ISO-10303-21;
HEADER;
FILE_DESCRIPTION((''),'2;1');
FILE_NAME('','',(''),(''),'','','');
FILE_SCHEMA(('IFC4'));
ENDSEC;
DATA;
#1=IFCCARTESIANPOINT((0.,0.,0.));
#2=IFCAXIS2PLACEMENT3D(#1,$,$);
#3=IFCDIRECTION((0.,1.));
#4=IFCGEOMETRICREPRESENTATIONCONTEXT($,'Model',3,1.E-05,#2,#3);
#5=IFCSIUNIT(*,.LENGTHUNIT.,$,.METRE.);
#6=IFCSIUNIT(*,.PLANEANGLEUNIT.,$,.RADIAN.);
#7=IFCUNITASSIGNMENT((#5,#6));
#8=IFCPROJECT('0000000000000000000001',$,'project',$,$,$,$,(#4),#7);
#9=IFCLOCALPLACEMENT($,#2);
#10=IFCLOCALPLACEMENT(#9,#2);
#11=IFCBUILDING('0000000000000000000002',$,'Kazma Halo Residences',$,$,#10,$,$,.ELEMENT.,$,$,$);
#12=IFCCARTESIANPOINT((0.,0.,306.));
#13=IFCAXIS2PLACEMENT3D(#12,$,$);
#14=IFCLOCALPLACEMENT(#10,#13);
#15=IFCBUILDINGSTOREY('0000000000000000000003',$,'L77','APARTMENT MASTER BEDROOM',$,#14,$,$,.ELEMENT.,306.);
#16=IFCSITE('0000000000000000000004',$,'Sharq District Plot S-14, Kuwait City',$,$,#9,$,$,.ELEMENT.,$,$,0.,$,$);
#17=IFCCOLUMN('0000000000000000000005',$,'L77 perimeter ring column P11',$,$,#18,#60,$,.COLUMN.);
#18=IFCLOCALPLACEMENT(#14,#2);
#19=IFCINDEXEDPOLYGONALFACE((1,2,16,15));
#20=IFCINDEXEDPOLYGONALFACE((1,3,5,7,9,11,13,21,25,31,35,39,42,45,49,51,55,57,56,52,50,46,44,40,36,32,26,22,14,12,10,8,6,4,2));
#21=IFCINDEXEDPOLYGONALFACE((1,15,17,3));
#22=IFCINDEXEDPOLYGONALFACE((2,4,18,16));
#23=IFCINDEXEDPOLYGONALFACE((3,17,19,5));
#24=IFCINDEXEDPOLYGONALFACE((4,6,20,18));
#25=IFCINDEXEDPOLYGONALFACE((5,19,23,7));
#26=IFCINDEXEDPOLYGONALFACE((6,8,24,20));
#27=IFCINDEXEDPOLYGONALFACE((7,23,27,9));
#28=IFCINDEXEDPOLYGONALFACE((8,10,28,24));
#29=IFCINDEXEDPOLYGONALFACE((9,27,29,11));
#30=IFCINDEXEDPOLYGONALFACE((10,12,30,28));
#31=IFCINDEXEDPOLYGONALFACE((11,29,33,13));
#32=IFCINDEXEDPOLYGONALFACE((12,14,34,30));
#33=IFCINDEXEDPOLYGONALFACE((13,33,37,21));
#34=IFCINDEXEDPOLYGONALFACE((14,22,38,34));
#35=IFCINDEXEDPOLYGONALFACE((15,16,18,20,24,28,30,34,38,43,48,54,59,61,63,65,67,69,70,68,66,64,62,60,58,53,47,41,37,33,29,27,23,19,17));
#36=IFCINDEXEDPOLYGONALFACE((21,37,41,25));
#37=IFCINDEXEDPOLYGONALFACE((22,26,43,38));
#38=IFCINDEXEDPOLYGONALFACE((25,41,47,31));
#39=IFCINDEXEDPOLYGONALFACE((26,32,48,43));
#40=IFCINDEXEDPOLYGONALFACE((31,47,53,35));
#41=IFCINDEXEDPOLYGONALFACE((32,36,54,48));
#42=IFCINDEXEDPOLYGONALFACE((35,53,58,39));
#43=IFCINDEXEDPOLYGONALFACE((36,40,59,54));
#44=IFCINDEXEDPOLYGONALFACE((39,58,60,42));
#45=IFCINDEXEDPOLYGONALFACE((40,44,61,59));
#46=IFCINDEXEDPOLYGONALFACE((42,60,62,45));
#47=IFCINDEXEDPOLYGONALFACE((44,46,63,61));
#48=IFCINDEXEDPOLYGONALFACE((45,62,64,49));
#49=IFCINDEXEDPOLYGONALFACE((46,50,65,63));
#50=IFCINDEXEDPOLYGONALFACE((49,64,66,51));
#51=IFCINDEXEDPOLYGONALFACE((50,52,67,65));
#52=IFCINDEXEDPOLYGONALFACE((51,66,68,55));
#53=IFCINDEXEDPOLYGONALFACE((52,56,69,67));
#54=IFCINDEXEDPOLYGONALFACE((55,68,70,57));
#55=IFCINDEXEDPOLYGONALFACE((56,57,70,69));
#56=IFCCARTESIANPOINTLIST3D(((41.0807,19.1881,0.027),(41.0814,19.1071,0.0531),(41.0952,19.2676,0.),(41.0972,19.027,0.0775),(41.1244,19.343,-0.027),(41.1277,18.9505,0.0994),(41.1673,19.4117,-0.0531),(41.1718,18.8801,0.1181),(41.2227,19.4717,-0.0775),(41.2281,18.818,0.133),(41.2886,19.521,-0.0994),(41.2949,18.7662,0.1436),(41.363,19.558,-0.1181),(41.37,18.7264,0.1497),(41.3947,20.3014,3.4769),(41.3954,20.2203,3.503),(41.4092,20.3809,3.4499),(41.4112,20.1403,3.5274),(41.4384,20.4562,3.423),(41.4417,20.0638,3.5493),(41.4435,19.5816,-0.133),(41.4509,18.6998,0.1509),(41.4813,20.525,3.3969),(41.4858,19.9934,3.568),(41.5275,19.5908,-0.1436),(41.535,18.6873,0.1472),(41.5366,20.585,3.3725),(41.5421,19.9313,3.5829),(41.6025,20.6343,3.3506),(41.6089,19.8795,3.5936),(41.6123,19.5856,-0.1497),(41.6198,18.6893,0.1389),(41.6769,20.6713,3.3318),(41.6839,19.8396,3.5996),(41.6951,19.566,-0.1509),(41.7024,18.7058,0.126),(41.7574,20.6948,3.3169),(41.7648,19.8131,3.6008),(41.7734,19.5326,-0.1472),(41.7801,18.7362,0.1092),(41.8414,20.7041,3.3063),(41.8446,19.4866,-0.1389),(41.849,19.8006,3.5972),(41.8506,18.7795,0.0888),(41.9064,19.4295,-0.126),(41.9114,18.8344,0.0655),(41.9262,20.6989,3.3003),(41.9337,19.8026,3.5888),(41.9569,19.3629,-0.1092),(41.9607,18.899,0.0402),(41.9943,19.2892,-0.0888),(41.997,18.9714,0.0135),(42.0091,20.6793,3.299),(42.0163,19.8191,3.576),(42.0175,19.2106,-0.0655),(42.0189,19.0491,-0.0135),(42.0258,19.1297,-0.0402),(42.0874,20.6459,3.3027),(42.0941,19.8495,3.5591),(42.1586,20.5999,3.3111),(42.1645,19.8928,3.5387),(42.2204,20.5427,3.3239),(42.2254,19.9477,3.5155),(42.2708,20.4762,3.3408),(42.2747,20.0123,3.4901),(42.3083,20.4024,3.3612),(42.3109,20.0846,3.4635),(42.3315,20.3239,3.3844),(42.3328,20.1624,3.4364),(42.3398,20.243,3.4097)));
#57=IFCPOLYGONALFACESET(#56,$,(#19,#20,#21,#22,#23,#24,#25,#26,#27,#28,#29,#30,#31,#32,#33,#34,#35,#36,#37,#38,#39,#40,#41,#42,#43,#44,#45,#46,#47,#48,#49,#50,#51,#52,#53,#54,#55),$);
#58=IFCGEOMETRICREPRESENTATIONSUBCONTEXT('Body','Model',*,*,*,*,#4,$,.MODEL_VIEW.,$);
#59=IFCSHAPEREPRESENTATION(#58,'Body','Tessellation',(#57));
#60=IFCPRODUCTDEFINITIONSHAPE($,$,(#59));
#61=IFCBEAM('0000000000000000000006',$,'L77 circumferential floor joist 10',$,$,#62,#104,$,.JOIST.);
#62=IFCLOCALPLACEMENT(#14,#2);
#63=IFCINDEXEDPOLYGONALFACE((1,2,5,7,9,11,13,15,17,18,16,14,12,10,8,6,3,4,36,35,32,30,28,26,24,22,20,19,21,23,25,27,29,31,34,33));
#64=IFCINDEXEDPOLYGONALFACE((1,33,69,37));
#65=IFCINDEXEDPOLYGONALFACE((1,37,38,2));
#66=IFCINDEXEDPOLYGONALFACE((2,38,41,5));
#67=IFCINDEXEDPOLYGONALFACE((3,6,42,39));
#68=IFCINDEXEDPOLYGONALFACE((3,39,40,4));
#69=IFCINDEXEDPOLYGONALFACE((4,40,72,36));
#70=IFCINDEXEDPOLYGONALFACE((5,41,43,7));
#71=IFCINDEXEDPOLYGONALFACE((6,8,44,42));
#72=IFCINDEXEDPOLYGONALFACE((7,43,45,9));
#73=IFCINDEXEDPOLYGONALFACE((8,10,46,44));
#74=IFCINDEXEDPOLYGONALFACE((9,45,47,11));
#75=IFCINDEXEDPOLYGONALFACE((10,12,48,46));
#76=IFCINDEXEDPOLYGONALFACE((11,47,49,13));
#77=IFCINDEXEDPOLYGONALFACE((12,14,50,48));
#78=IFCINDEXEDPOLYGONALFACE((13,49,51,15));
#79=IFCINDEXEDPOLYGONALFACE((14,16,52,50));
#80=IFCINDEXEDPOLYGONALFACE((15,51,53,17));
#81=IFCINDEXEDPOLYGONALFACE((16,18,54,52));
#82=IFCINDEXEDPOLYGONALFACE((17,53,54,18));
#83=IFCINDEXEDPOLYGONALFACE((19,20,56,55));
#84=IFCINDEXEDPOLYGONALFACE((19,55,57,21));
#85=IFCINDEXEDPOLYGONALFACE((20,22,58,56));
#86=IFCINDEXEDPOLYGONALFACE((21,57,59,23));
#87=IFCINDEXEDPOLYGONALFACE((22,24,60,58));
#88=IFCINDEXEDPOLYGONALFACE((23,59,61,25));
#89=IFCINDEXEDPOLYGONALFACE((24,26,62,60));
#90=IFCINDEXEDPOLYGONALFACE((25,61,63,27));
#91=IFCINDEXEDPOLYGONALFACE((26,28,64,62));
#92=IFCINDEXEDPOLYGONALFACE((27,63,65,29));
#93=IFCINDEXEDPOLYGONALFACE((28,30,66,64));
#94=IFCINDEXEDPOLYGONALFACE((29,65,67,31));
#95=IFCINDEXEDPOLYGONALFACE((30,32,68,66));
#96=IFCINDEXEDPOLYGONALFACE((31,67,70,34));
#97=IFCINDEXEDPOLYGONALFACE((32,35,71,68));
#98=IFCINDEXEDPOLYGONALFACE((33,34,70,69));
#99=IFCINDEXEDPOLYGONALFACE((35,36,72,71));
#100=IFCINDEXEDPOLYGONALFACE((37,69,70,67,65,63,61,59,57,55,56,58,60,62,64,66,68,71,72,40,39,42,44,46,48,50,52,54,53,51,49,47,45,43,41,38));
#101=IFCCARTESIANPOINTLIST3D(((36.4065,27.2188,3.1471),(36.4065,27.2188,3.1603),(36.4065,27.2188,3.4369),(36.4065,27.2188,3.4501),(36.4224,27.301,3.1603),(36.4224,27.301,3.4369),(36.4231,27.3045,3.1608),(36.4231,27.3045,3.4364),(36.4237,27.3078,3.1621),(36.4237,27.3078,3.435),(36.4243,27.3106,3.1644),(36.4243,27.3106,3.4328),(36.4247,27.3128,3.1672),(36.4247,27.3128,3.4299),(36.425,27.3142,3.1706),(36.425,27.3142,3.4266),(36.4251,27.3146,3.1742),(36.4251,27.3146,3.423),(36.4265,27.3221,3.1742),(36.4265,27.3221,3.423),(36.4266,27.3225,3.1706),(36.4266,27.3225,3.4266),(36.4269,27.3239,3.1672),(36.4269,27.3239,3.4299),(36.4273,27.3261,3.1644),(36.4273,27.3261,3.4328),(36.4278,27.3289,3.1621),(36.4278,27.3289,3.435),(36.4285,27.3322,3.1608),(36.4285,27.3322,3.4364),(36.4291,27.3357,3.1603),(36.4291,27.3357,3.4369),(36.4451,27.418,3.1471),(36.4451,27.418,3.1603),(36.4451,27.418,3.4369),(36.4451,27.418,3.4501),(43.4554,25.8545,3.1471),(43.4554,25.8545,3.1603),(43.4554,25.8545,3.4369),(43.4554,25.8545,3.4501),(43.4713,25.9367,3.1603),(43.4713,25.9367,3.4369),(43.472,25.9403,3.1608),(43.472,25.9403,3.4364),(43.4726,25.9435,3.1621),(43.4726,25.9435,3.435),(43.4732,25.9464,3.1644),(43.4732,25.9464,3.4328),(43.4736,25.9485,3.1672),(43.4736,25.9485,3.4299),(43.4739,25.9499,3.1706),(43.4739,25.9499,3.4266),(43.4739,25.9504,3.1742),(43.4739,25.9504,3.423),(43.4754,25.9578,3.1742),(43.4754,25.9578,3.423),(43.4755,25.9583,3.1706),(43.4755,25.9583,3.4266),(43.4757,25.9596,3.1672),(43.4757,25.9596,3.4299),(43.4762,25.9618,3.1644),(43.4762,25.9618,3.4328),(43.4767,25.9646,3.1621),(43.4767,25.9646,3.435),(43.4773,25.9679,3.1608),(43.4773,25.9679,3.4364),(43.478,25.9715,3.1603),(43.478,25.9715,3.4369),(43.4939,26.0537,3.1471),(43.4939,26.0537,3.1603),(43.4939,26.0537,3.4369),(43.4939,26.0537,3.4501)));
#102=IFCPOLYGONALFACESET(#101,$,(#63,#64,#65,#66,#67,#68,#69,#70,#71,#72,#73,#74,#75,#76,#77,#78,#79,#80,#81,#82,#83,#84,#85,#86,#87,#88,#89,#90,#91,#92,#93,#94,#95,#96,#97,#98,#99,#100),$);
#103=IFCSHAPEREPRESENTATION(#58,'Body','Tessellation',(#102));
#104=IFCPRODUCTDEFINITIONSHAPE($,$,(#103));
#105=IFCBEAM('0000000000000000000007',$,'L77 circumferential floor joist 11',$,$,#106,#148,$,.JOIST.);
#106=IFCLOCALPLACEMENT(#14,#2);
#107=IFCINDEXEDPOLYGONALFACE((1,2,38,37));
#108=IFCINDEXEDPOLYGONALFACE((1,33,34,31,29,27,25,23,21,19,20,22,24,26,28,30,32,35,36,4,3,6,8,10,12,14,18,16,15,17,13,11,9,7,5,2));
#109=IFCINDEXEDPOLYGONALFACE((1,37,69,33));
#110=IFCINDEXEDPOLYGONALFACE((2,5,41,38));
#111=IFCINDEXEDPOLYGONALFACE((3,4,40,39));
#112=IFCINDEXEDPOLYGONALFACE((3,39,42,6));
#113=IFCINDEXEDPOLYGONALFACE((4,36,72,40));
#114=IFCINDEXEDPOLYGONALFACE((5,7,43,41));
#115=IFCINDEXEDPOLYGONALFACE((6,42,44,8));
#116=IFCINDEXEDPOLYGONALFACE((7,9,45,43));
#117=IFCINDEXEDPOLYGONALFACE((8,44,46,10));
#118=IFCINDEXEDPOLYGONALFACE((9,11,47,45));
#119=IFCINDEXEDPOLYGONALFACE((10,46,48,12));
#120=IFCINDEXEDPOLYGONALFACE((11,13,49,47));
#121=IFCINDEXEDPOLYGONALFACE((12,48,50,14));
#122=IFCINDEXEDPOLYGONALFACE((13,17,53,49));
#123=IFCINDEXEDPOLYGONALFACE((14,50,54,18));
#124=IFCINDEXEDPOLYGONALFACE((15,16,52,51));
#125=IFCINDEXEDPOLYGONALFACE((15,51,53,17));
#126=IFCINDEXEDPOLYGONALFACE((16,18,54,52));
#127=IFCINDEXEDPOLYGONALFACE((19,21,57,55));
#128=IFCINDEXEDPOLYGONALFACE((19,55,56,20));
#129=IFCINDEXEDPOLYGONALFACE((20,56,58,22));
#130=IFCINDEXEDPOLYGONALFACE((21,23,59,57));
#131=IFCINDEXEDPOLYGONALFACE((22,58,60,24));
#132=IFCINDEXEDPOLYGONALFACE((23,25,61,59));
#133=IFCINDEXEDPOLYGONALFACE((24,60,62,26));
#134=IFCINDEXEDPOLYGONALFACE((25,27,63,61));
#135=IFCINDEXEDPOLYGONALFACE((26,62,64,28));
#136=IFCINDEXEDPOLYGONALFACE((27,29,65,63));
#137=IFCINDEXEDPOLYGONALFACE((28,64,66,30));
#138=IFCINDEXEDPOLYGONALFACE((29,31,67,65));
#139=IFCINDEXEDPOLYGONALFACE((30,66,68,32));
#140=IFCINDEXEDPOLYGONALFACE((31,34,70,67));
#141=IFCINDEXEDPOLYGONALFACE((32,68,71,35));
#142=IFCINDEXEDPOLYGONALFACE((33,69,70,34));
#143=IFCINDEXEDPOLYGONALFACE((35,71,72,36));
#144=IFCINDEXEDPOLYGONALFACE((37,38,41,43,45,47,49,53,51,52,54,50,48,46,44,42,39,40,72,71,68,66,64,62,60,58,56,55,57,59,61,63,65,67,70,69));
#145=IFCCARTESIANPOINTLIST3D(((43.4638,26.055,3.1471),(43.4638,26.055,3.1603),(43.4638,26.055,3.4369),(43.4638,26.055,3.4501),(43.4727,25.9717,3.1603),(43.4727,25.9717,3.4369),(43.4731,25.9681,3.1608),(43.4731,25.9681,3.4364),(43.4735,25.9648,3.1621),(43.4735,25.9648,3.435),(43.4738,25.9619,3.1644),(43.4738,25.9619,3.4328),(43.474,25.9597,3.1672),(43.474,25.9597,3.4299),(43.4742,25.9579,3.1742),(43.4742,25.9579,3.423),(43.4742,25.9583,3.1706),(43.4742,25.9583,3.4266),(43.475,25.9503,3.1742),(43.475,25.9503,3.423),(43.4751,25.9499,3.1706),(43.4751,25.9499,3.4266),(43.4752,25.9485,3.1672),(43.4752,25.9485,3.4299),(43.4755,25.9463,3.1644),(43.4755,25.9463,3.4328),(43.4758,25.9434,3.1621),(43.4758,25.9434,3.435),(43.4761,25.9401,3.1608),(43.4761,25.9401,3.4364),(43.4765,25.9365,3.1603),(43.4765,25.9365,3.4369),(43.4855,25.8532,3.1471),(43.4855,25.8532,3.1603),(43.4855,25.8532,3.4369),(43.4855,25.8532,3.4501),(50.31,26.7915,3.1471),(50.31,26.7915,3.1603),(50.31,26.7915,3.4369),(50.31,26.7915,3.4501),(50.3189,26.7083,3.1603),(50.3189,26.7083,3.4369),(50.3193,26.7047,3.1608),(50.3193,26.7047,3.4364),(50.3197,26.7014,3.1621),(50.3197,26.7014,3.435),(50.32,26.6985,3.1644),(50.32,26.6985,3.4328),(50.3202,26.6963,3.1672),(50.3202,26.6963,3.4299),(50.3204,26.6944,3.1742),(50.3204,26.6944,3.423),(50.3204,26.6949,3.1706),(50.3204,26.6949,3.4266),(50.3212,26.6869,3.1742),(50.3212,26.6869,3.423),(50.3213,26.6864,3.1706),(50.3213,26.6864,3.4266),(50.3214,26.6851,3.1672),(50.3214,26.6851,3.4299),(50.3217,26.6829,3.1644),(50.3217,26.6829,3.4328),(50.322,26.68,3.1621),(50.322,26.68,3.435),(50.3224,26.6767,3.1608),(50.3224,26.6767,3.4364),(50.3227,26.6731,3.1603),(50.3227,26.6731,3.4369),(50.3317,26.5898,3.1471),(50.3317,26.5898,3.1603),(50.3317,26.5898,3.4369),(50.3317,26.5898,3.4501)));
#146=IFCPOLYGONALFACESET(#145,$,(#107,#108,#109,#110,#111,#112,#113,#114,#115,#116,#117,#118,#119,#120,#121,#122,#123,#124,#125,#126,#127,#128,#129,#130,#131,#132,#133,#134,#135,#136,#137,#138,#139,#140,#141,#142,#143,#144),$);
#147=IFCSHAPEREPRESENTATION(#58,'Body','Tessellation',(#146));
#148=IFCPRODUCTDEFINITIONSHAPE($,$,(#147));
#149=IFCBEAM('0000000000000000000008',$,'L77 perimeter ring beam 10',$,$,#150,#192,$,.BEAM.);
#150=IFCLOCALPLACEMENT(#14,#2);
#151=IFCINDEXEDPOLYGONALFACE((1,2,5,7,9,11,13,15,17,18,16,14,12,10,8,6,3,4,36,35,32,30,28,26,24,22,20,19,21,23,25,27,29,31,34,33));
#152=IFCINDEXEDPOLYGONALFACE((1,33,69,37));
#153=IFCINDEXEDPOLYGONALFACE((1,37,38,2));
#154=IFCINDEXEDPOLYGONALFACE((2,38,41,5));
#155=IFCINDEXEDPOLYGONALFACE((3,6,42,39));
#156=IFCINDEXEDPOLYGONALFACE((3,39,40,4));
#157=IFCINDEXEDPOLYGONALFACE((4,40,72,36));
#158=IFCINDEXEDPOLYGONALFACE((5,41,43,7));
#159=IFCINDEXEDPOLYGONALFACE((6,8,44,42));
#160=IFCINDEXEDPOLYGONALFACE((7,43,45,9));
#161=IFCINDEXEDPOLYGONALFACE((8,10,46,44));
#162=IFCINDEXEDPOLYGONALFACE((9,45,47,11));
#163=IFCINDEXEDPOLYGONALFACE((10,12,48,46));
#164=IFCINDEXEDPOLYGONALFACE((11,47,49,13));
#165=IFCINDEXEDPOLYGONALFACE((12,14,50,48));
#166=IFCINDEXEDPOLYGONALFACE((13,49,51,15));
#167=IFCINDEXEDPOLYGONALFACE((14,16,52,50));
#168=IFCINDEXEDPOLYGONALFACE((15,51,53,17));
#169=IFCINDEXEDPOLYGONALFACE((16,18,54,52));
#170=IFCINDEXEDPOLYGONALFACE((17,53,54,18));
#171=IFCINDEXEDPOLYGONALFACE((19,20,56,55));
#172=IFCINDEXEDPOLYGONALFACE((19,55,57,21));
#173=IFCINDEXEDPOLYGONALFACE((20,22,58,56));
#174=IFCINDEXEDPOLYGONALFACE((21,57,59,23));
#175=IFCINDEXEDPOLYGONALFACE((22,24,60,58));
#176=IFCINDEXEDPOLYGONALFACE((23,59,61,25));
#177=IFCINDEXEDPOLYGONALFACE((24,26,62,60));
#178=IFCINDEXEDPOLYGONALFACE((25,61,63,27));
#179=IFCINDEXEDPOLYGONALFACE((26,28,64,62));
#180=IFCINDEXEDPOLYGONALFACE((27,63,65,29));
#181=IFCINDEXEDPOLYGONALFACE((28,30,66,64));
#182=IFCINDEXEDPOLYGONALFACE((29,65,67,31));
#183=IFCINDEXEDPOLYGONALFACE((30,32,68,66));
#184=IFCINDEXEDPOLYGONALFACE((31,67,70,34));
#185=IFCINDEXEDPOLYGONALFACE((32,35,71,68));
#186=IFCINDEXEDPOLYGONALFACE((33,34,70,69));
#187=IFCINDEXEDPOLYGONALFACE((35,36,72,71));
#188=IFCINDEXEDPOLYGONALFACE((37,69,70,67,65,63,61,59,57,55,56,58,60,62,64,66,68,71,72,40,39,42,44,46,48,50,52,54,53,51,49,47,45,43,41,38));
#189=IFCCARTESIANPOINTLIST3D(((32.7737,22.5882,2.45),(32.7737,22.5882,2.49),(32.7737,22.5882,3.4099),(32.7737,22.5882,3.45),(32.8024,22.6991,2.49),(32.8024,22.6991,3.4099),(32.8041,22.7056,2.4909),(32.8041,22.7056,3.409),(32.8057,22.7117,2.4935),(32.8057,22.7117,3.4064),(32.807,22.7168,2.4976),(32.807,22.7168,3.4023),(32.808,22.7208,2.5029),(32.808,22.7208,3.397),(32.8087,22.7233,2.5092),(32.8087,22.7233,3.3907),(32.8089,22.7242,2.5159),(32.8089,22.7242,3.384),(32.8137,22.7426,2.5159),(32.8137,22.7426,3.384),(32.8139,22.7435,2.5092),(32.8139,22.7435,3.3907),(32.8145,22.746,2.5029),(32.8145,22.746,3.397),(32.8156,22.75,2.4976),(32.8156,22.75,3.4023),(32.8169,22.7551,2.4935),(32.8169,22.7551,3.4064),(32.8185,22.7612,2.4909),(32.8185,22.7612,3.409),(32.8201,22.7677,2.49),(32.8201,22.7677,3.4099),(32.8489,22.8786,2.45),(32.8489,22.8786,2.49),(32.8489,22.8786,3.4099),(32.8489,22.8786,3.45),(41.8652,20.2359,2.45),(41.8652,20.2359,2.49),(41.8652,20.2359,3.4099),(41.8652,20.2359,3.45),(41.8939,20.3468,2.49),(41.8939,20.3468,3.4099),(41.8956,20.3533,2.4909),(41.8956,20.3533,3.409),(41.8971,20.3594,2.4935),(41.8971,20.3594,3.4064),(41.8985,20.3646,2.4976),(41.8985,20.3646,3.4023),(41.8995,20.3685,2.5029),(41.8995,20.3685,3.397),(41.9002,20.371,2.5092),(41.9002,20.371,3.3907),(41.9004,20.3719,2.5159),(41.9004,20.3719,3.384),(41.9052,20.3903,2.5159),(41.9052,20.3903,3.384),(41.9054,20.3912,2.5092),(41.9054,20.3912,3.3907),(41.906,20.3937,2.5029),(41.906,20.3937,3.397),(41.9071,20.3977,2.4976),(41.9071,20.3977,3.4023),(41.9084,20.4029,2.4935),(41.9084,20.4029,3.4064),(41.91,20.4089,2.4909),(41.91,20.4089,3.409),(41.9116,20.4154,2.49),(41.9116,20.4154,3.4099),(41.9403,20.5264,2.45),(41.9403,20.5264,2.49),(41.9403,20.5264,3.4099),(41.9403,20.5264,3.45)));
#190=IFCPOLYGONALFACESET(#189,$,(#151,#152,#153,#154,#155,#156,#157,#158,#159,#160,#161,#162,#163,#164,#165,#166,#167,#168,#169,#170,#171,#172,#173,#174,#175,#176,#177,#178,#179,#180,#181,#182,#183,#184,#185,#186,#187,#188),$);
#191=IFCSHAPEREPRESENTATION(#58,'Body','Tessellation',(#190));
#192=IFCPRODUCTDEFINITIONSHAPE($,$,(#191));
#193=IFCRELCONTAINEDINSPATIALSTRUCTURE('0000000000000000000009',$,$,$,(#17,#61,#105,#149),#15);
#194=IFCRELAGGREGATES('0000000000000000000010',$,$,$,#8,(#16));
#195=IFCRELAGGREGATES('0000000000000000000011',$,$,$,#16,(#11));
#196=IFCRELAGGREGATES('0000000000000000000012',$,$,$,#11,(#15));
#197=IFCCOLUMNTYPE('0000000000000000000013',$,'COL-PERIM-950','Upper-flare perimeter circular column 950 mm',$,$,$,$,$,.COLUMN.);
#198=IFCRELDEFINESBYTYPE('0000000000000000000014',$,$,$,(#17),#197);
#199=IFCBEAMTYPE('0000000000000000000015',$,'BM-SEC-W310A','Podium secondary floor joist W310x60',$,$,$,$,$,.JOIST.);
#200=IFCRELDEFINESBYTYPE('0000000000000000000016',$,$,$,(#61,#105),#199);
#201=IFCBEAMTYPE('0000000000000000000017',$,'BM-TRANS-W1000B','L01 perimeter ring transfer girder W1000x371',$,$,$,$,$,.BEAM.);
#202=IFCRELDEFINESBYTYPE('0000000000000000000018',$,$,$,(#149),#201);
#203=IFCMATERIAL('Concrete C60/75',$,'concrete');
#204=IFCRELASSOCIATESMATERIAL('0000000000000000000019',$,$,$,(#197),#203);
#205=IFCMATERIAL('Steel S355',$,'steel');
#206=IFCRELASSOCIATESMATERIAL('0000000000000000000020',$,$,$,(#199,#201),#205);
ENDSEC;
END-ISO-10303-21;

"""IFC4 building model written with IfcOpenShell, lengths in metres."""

from ifc_helpers import new_model, si_unit, direction, frame, origin, origin_2d, place, context, subcontext, project, spatial, circle, i_section, extrude, material, material_profile, profile_set, type_object, element, save


model = new_model("IFC4")

# Units and contexts
model_context = context("Model", 3, precision=1e-05, world=origin(), true_north=direction((0.0, 1.0)))
body_context = subcontext(model_context, "Body", "Model", "MODEL_VIEW")
ifc_project = project(units=[si_unit("LENGTHUNIT", "METRE"), si_unit("PLANEANGLEUNIT", "RADIAN")], contexts=[model_context])

# Site, building, storey
site_placement = place(None, origin())
site = spatial("IfcSite", under=ifc_project, at=site_placement, Name="Sharq District Plot S-14, Kuwait City", CompositionType="ELEMENT", RefElevation=0.0)
building_placement = place(site_placement, origin())
building = spatial("IfcBuilding", under=site, at=building_placement, Name="Kazma Halo Residences", CompositionType="ELEMENT")
storey_placement = place(building_placement, frame((0.0, 0.0, 306.0)))
storey = spatial("IfcBuildingStorey", under=building, at=storey_placement, Name="L77", Description="APARTMENT MASTER BEDROOM", CompositionType="ELEMENT", Elevation=306.0)

# Column
ifc_material_1 = material(Name="Concrete C60/75", Category="concrete")
ifc_material_profile_1 = material_profile(ifc_material_1, circle(Radius=0.4751, at=origin_2d()), Name="CIRC950")
ifc_profile_set_1 = profile_set([ifc_material_profile_1], Name="Concrete C60/75")
column_type = type_object("IfcColumnType", Name="COL-PERIM-950", Description="Upper-flare perimeter circular column 950 mm", PredefinedType="COLUMN", material=ifc_profile_set_1)
column_placement = place(storey_placement, frame((41.5525, 19.1387, 0.0), z_axis=(0.086285, 0.305956, 0.948128), x_axis=(-0.962458, 0.27143, 0.0)))
element("IfcColumn", 1, at=column_placement, inside=storey, type_object=column_type, Name="L77 perimeter ring column P11", PredefinedType="COLUMN", context=body_context, shape_type="SweptSolid", body=[
    extrude(circle(Radius=0.4751, at=origin_2d()), origin(), (0.0, 0.0, 1.0), 3.6387),
])

# Beams
ifc_material_2 = material(Name="Steel S355", Category="steel")
ifc_material_profile_2 = material_profile(ifc_material_2, i_section(OverallWidth=0.2029, OverallDepth=0.303, WebThickness=0.0076, FlangeThickness=0.0132, FilletRadius=0.0139, at=origin_2d()), Name="W310x60")
ifc_profile_set_2 = profile_set([ifc_material_profile_2], Name="Steel S355")
beam_type_1 = type_object("IfcBeamType", Name="BM-SEC-W310A", Description="Podium secondary floor joist W310x60", PredefinedType="JOIST", material=ifc_profile_set_2)
beam_1_placement = place(storey_placement, frame((36.4258, 27.3184, 3.2986), z_axis=(0.981781, -0.190018, 0.0), x_axis=(0.190018, 0.981781, 0.0)))
element("IfcBeam", 2, at=beam_1_placement, inside=storey, type_object=beam_type_1, Name="L77 circumferential floor joist 10", PredefinedType="JOIST", context=body_context, shape_type="SweptSolid", body=[
    extrude(i_section(OverallWidth=0.2029, OverallDepth=0.303, WebThickness=0.0076, FlangeThickness=0.0132, FilletRadius=0.0139, at=origin_2d()), origin(), (0.0, 0.0, 1.0), 7.1797),
])
beam_2_placement = place(storey_placement, frame((43.4746, 25.9541, 3.2986), z_axis=(0.994262, 0.106971, 0.0), x_axis=(-0.106971, 0.994262, 0.0)))
element("IfcBeam", 3, at=beam_2_placement, inside=storey, type_object=beam_type_1, Name="L77 circumferential floor joist 11", PredefinedType="JOIST", context=body_context, shape_type="SweptSolid", body=[
    extrude(i_section(OverallWidth=0.2029, OverallDepth=0.303, WebThickness=0.0076, FlangeThickness=0.0132, FilletRadius=0.0139, at=origin_2d()), origin(), (0.0, 0.0, 1.0), 6.8857),
])
ifc_material_profile_3 = material_profile(ifc_material_2, i_section(OverallWidth=0.3, OverallDepth=1.0, WebThickness=0.019, FlangeThickness=0.04, FilletRadius=0.0259, at=origin_2d()), Name="W1000x371")
ifc_profile_set_3 = profile_set([ifc_material_profile_3], Name="Steel S355")
beam_type_2 = type_object("IfcBeamType", Name="BM-TRANS-W1000B", Description="L01 perimeter ring transfer girder W1000x371", PredefinedType="BEAM", material=ifc_profile_set_3)
beam_3_placement = place(storey_placement, frame((32.8113, 22.7334, 2.95), z_axis=(0.96812, -0.250486, 0.0), x_axis=(0.250486, 0.96812, 0.0)))
element("IfcBeam", 4, at=beam_3_placement, inside=storey, type_object=beam_type_2, Name="L77 perimeter ring beam 10", PredefinedType="BEAM", context=body_context, shape_type="SweptSolid", body=[
    extrude(i_section(OverallWidth=0.3, OverallDepth=1.0, WebThickness=0.019, FlangeThickness=0.04, FilletRadius=0.0259, at=origin_2d()), origin(), (0.0, 0.0, 1.0), 9.3909),
])

save(model, "model.ifc")
